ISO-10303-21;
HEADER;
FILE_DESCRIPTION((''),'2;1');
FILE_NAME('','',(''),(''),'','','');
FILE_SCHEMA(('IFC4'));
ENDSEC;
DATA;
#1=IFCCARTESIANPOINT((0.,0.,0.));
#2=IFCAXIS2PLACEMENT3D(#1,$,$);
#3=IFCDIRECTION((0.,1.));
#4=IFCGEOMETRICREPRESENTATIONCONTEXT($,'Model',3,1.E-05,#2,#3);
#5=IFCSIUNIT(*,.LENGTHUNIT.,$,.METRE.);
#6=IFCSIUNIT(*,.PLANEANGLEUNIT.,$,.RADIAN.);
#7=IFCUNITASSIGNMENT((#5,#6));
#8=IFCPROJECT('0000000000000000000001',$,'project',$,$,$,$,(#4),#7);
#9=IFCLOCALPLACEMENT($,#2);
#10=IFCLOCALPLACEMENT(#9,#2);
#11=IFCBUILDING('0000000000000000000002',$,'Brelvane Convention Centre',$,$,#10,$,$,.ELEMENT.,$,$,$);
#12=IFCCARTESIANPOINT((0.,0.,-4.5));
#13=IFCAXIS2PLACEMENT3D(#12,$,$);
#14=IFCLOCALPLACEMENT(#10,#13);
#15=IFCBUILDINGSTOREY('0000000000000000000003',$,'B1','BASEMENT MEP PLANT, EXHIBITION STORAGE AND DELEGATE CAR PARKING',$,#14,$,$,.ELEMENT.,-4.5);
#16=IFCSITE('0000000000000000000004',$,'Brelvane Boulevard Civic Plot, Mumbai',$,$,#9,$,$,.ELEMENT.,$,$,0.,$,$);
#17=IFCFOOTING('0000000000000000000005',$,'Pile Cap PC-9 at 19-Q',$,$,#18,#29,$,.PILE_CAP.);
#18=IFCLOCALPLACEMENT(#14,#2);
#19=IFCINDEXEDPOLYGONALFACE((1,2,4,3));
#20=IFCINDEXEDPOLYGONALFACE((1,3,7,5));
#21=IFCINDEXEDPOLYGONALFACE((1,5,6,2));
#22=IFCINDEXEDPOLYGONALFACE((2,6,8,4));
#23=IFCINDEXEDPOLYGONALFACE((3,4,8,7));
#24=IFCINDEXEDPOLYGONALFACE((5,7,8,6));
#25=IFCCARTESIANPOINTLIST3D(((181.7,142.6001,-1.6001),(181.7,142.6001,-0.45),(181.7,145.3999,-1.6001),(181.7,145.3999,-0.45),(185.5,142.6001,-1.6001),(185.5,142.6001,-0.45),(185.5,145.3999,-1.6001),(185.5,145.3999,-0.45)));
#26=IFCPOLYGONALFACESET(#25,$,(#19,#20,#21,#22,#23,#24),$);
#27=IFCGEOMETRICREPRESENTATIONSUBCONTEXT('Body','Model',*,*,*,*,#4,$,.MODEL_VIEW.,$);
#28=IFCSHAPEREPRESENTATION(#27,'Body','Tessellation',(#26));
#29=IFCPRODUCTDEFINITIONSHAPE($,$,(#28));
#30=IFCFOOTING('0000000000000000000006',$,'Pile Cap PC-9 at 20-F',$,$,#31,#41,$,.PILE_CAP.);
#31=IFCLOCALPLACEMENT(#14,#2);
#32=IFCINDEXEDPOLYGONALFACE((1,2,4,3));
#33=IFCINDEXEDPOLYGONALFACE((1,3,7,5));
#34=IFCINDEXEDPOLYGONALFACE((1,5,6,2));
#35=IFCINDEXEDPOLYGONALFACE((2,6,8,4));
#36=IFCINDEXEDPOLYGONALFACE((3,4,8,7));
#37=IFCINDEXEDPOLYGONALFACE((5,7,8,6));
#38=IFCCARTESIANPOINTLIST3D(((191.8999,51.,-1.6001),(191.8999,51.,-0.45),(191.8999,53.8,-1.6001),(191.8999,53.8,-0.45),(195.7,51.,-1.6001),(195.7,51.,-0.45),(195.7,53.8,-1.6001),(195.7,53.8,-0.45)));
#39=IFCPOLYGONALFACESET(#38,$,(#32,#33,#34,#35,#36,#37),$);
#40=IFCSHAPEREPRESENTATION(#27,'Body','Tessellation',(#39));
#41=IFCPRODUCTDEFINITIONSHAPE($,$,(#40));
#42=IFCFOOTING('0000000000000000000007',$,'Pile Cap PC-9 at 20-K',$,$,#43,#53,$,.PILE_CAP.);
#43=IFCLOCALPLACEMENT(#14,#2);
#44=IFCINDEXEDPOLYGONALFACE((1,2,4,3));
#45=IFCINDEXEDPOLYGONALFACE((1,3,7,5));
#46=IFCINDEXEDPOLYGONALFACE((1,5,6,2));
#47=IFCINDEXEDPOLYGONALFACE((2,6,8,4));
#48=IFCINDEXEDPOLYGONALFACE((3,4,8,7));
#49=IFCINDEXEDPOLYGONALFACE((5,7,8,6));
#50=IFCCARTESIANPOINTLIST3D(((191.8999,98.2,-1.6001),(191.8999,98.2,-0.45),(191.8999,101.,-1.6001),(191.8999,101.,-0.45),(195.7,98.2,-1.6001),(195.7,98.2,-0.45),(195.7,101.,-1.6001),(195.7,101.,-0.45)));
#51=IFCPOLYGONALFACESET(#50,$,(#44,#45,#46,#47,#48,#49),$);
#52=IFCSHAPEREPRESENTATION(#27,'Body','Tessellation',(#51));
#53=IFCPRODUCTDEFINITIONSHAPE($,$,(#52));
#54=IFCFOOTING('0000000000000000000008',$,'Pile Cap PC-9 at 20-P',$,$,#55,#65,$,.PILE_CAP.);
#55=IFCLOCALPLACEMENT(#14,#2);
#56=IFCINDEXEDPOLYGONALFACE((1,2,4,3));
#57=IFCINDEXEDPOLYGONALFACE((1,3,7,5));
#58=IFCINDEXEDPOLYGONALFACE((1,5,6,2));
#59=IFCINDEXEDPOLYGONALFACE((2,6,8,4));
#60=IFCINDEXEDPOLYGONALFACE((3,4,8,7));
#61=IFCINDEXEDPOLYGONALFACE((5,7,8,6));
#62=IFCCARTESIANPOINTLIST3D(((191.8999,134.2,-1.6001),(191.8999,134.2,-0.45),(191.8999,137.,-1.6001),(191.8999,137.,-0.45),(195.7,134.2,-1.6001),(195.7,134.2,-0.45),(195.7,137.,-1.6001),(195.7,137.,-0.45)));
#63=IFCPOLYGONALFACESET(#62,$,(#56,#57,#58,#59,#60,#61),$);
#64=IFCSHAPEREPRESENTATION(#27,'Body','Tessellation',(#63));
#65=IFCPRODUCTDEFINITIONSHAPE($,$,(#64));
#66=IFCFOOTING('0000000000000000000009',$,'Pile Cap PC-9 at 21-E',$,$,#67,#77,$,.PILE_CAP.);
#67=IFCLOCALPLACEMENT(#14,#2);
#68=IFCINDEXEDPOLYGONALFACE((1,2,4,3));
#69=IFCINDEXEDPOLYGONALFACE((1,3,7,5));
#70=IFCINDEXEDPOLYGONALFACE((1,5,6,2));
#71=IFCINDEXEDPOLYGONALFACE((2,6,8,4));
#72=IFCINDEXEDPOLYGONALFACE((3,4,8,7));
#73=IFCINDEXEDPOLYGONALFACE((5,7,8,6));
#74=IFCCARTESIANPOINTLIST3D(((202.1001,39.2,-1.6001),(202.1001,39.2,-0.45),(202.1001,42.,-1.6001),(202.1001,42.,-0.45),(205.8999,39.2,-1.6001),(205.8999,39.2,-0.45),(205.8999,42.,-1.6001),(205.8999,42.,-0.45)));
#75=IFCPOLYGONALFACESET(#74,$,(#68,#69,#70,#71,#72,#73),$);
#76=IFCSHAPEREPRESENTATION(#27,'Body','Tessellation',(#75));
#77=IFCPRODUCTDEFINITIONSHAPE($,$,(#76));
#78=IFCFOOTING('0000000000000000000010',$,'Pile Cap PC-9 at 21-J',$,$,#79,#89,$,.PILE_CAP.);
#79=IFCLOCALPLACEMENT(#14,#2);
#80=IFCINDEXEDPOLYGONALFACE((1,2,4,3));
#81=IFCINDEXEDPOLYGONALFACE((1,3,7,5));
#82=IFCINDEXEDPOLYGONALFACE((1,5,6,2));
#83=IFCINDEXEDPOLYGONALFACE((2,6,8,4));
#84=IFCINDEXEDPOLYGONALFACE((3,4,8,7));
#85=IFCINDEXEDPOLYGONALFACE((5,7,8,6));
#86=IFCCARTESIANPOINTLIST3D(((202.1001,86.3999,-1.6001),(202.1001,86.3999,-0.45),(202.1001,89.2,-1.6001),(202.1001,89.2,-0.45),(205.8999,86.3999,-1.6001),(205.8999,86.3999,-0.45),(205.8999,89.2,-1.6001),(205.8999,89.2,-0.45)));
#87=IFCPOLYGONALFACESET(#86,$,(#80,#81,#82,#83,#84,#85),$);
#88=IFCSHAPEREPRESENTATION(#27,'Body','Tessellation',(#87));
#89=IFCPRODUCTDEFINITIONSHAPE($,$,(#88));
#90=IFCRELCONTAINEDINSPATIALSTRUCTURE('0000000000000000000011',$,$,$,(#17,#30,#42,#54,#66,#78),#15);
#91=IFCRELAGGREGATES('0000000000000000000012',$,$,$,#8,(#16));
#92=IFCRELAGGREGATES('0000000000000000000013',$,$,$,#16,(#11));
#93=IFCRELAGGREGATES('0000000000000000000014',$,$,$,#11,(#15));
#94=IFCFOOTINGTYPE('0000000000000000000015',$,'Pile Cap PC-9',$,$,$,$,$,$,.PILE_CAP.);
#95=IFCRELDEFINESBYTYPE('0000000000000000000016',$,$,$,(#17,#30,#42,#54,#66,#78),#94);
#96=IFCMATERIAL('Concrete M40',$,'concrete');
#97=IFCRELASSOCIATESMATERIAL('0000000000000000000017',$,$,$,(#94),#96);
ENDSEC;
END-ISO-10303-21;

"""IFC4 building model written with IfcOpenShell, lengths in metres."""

from ifc_helpers import new_model, si_unit, direction, frame, origin, place, context, subcontext, project, spatial, polyline, outline, extrude, material, type_object, element, save


model = new_model("IFC4")

# Units and contexts
model_context = context("Model", 3, precision=1e-05, world=origin(), true_north=direction((0.0, 1.0)))
body_context = subcontext(model_context, "Body", "Model", "MODEL_VIEW")
ifc_project = project(units=[si_unit("LENGTHUNIT", "METRE"), si_unit("PLANEANGLEUNIT", "RADIAN")], contexts=[model_context])

# Site, building, storey
site_placement = place(None, origin())
site = spatial("IfcSite", under=ifc_project, at=site_placement, Name="Brelvane Boulevard Civic Plot, Mumbai", CompositionType="ELEMENT", RefElevation=0.0)
building_placement = place(site_placement, origin())
building = spatial("IfcBuilding", under=site, at=building_placement, Name="Brelvane Convention Centre", CompositionType="ELEMENT")
storey_placement = place(building_placement, frame((0.0, 0.0, -4.5)))
storey = spatial("IfcBuildingStorey", under=building, at=storey_placement, Name="B1", Description="BASEMENT MEP PLANT, EXHIBITION STORAGE AND DELEGATE CAR PARKING", CompositionType="ELEMENT", Elevation=-4.5)

# Footings
ifc_material_1 = material(Name="Concrete M40", Category="concrete")
footing_type_1 = type_object("IfcFootingType", Name="Pile Cap PC-9", PredefinedType="PILE_CAP", material=ifc_material_1)
footing_1_placement = place(storey_placement, frame((0.0, 0.0, -1.6001)))
element("IfcFooting", 1, at=footing_1_placement, inside=storey, type_object=footing_type_1, Name="Pile Cap PC-9 at 19-Q", PredefinedType="PILE_CAP", context=body_context, shape_type="SweptSolid", body=[
    extrude(outline(polyline([(181.7, 142.6001), (185.5, 142.6001), (185.5, 145.3999), (181.7, 145.3999), (181.7, 142.6001)])), origin(), (0.0, 0.0, 1.0), 1.1501),
])
footing_2_placement = place(storey_placement, frame((0.0, 0.0, -1.6001)))
element("IfcFooting", 2, at=footing_2_placement, inside=storey, type_object=footing_type_1, Name="Pile Cap PC-9 at 20-F", PredefinedType="PILE_CAP", context=body_context, shape_type="SweptSolid", body=[
    extrude(outline(polyline([(191.8999, 51.0), (195.7, 51.0), (195.7, 53.8), (191.8999, 53.8), (191.8999, 51.0)])), origin(), (0.0, 0.0, 1.0), 1.1501),
])
footing_3_placement = place(storey_placement, frame((0.0, 0.0, -1.6001)))
element("IfcFooting", 3, at=footing_3_placement, inside=storey, type_object=footing_type_1, Name="Pile Cap PC-9 at 20-K", PredefinedType="PILE_CAP", context=body_context, shape_type="SweptSolid", body=[
    extrude(outline(polyline([(191.8999, 98.2), (195.7, 98.2), (195.7, 101.0), (191.8999, 101.0), (191.8999, 98.2)])), origin(), (0.0, 0.0, 1.0), 1.1501),
])
footing_4_placement = place(storey_placement, frame((0.0, 0.0, -1.6001)))
element("IfcFooting", 4, at=footing_4_placement, inside=storey, type_object=footing_type_1, Name="Pile Cap PC-9 at 20-P", PredefinedType="PILE_CAP", context=body_context, shape_type="SweptSolid", body=[
    extrude(outline(polyline([(191.8999, 134.2), (195.7, 134.2), (195.7, 137.0), (191.8999, 137.0), (191.8999, 134.2)])), origin(), (0.0, 0.0, 1.0), 1.1501),
])
footing_5_placement = place(storey_placement, frame((0.0, 0.0, -1.6001)))
element("IfcFooting", 5, at=footing_5_placement, inside=storey, type_object=footing_type_1, Name="Pile Cap PC-9 at 21-E", PredefinedType="PILE_CAP", context=body_context, shape_type="SweptSolid", body=[
    extrude(outline(polyline([(202.1001, 39.2), (205.8999, 39.2), (205.8999, 42.0), (202.1001, 42.0), (202.1001, 39.2)])), origin(), (0.0, 0.0, 1.0), 1.1501),
])
footing_6_placement = place(storey_placement, frame((0.0, 0.0, -1.6001)))
element("IfcFooting", 6, at=footing_6_placement, inside=storey, type_object=footing_type_1, Name="Pile Cap PC-9 at 21-J", PredefinedType="PILE_CAP", context=body_context, shape_type="SweptSolid", body=[
    extrude(outline(polyline([(202.1001, 86.3999), (205.8999, 86.3999), (205.8999, 89.2), (202.1001, 89.2), (202.1001, 86.3999)])), origin(), (0.0, 0.0, 1.0), 1.1501),
])

save(model, "model.ifc")
